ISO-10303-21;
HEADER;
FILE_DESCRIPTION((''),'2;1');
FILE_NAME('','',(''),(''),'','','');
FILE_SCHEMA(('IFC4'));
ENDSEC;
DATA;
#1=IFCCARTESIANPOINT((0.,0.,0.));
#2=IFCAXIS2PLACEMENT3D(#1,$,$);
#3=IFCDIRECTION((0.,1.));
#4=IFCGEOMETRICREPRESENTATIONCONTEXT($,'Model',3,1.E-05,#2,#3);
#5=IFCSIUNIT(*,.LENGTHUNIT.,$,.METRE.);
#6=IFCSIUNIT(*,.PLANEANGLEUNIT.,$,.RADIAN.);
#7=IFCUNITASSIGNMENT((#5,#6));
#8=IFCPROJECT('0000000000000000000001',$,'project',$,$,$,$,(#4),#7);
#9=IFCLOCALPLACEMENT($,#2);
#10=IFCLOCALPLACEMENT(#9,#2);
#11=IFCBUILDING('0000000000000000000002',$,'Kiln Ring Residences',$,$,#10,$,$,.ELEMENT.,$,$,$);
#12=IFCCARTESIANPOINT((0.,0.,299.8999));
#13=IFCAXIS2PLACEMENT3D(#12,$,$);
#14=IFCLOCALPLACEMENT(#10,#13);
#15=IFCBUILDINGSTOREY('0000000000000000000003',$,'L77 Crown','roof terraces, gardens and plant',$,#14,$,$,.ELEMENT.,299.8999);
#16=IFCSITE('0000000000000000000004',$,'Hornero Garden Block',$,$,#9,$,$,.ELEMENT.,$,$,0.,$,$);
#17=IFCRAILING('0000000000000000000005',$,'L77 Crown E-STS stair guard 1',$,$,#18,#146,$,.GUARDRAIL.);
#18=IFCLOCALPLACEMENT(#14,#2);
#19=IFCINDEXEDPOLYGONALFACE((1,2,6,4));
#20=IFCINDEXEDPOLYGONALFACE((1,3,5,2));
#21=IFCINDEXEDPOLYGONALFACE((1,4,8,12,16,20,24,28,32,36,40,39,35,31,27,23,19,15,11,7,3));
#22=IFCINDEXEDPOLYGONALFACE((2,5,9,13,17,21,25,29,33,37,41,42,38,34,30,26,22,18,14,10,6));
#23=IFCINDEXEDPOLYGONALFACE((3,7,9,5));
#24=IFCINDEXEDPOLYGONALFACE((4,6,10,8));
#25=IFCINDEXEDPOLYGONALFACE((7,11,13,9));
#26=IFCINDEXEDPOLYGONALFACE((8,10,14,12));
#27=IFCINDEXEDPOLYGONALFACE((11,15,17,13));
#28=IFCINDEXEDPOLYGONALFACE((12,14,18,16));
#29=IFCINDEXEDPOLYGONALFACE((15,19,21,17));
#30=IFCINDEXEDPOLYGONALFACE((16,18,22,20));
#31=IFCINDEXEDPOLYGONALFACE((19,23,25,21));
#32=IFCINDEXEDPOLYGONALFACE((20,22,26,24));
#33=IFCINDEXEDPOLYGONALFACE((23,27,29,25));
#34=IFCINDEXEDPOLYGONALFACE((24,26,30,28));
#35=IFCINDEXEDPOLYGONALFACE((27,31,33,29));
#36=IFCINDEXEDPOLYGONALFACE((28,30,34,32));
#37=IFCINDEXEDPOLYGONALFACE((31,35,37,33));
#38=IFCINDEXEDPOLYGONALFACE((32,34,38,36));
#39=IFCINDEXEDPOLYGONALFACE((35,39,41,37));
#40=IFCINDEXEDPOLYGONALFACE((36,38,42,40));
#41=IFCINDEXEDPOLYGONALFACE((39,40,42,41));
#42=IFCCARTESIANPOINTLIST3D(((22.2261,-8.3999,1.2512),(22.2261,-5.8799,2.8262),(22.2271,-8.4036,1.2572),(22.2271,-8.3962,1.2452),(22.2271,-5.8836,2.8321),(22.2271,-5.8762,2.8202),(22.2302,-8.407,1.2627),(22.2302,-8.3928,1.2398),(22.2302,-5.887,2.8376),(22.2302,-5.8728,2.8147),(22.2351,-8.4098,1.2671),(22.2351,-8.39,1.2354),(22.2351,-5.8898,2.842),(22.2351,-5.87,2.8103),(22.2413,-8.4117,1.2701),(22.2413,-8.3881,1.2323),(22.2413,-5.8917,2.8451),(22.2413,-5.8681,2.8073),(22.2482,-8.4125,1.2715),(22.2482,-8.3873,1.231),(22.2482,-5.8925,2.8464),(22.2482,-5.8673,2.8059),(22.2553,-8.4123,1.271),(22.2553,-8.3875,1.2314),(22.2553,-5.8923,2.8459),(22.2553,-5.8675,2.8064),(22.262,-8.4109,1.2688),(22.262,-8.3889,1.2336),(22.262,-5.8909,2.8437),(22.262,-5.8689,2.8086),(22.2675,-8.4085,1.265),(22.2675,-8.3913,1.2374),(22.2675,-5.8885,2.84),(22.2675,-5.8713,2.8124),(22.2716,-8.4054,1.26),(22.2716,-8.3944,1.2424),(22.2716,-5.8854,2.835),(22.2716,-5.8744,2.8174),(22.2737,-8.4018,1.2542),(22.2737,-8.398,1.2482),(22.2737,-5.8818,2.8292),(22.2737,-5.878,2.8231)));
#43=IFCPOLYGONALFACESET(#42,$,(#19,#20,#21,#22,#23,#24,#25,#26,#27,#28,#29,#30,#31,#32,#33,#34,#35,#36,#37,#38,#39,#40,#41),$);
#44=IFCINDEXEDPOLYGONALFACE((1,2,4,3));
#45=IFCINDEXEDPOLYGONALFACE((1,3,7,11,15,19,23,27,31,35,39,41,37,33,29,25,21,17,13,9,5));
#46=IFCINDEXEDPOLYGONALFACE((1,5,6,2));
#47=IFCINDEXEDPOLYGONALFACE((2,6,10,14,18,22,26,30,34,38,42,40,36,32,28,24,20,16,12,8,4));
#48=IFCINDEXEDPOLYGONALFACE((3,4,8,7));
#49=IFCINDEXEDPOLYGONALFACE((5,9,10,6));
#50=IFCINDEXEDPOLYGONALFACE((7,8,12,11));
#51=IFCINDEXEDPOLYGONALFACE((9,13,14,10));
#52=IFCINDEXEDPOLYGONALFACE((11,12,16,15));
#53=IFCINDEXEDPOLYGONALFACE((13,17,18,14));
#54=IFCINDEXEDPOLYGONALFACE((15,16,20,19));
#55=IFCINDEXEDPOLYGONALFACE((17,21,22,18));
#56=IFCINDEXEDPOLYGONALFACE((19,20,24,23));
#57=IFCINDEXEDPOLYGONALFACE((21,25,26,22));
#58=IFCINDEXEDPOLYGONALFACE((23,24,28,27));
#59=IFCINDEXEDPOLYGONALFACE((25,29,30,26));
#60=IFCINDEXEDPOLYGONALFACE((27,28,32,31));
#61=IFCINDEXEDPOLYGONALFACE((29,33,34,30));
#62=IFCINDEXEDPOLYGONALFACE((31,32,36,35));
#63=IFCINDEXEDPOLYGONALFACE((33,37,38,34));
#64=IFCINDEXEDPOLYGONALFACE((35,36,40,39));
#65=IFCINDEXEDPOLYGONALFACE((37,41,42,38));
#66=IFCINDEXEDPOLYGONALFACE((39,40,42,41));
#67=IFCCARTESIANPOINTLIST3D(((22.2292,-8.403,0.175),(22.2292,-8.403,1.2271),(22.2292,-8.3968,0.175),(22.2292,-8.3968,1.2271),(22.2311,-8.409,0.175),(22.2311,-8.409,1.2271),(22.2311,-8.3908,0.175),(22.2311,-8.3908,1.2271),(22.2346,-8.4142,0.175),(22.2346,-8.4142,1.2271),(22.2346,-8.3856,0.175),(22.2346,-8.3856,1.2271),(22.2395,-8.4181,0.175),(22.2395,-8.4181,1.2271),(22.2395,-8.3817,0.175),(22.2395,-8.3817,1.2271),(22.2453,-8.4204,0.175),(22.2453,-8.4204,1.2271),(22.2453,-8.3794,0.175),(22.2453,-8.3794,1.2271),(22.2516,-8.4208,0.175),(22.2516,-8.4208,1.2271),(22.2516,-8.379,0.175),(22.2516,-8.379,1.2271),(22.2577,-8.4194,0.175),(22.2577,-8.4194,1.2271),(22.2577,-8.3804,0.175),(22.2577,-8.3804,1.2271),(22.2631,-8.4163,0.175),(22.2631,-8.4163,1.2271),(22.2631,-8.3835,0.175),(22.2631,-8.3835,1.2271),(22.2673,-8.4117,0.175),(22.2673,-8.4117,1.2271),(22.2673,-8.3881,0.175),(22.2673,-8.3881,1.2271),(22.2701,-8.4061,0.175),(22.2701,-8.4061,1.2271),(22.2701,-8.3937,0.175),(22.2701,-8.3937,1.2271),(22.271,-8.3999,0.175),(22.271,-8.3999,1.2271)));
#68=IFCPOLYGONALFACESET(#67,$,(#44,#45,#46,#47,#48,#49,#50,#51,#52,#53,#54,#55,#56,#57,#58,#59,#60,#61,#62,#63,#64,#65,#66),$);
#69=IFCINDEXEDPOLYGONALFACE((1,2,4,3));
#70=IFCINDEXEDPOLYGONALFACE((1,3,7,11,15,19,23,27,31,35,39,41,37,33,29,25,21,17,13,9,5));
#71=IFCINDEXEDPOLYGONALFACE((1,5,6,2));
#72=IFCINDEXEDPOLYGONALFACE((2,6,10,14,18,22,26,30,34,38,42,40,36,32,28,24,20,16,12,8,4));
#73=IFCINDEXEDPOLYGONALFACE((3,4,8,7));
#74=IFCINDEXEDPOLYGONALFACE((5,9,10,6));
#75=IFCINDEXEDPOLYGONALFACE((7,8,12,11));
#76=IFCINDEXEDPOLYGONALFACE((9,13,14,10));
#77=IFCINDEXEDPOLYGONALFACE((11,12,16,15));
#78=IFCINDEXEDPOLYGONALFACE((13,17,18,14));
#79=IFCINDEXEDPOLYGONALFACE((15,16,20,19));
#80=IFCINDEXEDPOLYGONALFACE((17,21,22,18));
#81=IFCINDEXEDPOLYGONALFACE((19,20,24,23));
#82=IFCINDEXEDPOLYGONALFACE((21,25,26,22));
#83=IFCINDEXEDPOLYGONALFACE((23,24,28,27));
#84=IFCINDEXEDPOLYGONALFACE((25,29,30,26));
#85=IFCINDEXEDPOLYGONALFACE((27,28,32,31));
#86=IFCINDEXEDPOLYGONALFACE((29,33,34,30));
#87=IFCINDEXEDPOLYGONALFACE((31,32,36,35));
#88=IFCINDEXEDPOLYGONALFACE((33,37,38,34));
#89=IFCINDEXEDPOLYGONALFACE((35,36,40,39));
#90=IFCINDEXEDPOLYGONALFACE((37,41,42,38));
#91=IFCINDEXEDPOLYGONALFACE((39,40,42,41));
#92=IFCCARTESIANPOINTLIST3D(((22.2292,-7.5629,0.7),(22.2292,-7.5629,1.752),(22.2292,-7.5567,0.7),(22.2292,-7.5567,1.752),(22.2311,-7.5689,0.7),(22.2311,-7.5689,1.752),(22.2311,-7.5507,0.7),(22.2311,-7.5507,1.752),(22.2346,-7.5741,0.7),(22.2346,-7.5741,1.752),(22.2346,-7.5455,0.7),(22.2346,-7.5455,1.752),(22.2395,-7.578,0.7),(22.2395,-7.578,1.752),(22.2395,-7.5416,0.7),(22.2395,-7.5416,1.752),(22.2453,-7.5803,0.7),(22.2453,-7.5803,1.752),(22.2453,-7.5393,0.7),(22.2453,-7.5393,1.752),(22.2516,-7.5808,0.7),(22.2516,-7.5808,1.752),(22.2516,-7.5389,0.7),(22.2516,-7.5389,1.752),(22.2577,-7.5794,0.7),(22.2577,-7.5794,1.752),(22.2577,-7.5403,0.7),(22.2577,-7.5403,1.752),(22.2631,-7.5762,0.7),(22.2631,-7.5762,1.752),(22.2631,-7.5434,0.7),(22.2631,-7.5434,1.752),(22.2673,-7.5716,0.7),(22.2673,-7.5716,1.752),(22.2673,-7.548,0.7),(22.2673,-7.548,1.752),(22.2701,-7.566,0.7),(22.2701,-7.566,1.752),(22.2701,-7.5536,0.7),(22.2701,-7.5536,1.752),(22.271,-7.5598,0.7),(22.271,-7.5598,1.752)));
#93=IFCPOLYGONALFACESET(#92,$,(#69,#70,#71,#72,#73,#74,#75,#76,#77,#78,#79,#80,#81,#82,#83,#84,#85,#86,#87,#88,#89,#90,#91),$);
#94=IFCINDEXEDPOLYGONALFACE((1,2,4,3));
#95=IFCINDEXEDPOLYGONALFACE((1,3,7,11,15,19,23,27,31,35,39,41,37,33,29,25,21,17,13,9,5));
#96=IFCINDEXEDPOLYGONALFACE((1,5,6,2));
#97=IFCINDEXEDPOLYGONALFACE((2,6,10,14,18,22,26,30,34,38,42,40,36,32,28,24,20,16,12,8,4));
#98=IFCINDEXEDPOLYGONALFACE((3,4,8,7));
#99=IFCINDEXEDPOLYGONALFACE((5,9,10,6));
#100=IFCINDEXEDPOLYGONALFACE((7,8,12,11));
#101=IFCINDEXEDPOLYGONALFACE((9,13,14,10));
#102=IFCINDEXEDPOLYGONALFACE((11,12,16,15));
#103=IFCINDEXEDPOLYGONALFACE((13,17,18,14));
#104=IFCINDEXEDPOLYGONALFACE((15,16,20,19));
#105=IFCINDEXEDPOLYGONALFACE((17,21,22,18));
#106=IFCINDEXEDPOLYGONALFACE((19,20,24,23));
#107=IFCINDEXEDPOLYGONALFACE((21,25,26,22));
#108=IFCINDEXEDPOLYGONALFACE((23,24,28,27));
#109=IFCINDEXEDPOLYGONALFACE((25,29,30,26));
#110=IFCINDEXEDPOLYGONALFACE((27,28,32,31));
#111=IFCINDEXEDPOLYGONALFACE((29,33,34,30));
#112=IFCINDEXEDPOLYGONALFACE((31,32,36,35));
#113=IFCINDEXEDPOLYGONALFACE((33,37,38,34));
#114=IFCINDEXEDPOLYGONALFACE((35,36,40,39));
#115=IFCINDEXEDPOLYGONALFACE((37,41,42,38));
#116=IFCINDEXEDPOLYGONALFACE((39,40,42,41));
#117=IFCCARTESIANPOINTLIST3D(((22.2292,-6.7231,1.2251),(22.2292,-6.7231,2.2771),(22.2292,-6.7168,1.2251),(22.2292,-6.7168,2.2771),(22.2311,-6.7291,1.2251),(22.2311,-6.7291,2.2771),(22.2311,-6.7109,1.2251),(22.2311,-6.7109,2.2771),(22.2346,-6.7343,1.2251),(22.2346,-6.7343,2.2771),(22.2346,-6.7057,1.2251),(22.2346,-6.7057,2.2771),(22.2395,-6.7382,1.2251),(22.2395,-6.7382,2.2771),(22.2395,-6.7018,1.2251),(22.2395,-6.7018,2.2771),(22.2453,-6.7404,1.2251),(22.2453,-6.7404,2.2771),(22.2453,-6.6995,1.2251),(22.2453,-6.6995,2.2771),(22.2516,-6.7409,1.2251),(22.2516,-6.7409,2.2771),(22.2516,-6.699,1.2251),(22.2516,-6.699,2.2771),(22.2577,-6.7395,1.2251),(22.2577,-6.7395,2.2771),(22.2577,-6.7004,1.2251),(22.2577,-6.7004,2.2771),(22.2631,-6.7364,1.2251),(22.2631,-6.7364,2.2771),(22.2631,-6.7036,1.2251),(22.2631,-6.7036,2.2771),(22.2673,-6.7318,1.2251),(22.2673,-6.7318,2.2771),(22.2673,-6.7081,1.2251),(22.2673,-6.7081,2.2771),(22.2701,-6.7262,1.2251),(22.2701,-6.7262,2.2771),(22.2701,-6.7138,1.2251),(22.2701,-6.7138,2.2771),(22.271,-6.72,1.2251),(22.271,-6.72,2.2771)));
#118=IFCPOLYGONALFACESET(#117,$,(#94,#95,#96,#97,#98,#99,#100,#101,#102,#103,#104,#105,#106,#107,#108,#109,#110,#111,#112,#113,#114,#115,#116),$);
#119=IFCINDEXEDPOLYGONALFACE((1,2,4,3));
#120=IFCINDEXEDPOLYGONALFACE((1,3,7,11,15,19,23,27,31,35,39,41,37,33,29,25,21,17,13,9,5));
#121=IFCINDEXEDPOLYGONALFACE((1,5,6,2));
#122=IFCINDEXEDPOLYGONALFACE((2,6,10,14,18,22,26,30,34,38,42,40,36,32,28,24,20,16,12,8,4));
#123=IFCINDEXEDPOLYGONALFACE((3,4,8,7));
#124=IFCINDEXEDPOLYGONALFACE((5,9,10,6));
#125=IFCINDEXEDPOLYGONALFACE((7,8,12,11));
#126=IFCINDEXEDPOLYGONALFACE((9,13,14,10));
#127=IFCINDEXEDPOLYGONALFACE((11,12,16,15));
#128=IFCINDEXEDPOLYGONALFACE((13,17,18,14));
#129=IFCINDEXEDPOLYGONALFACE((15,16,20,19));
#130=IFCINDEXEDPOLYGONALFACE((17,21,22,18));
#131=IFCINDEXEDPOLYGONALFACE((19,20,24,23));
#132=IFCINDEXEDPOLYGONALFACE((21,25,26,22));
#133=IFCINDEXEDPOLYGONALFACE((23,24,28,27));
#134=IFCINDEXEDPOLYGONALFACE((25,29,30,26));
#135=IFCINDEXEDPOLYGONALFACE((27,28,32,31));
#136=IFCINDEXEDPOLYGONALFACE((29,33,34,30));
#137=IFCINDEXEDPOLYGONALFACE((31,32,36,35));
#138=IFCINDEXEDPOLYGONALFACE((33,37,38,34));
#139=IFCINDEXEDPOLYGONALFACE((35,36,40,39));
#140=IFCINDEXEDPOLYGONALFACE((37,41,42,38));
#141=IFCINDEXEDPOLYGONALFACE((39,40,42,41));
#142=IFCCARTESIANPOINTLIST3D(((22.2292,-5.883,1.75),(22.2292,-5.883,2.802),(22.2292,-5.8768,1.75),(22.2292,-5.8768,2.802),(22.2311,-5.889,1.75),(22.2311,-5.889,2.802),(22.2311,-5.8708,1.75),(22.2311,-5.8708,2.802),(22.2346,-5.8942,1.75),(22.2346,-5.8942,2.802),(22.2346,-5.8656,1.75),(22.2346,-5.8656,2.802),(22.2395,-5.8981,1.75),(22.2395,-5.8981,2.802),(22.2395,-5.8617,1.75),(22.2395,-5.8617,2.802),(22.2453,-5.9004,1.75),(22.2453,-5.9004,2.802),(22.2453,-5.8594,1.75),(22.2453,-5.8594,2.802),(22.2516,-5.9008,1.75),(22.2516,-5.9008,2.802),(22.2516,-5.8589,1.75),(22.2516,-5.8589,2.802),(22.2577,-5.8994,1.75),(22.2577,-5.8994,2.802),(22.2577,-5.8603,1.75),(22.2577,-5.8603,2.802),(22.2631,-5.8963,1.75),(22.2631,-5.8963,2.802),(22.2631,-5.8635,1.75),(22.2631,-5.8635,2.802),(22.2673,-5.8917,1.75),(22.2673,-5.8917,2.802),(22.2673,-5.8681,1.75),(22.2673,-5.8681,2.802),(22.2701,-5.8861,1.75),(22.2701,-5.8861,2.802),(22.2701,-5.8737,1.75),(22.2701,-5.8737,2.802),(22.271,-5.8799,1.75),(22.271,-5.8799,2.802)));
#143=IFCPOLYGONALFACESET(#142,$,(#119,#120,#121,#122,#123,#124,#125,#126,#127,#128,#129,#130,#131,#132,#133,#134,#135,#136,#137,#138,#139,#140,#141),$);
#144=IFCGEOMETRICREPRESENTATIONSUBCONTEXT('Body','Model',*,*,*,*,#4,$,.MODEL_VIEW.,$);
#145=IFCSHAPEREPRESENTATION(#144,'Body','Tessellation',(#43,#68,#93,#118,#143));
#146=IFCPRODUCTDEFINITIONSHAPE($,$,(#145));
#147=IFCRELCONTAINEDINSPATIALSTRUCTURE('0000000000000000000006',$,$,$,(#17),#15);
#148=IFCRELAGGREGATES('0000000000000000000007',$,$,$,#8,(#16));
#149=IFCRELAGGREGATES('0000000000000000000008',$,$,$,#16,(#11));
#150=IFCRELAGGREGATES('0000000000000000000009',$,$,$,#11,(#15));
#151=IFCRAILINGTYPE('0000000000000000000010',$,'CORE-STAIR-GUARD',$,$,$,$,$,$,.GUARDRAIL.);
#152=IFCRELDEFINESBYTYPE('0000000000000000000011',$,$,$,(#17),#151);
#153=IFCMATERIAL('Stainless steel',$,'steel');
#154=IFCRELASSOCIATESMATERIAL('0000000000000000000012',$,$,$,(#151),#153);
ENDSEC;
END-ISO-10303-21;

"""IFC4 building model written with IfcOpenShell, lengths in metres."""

from ifc_helpers import new_model, si_unit, direction, frame, origin, origin_2d, place, context, subcontext, project, spatial, circle, extrude, material, type_object, element, save


model = new_model("IFC4")

# Units and contexts
model_context = context("Model", 3, precision=1e-05, world=origin(), true_north=direction((0.0, 1.0)))
body_context = subcontext(model_context, "Body", "Model", "MODEL_VIEW")
ifc_project = project(units=[si_unit("LENGTHUNIT", "METRE"), si_unit("PLANEANGLEUNIT", "RADIAN")], contexts=[model_context])

# Site, building, storey
site_placement = place(None, origin())
site = spatial("IfcSite", under=ifc_project, at=site_placement, Name="Hornero Garden Block", CompositionType="ELEMENT", RefElevation=0.0)
building_placement = place(site_placement, origin())
building = spatial("IfcBuilding", under=site, at=building_placement, Name="Kiln Ring Residences", CompositionType="ELEMENT")
storey_placement = place(building_placement, frame((0.0, 0.0, 299.8999)))
storey = spatial("IfcBuildingStorey", under=building, at=storey_placement, Name="L77 Crown", Description="roof terraces, gardens and plant", CompositionType="ELEMENT", Elevation=299.8999)

# Railing
ifc_material_1 = material(Name="Stainless steel", Category="steel")
railing_type_1 = type_object("IfcRailingType", Name="CORE-STAIR-GUARD", PredefinedType="GUARDRAIL", material=ifc_material_1)
railing_1_placement = place(storey_placement, frame((22.25, -8.3999, 0.175)))
element("IfcRailing", 1, at=railing_1_placement, inside=storey, type_object=railing_type_1, Name="L77 Crown E-STS stair guard 1", PredefinedType="GUARDRAIL", context=body_context, shape_type="SweptSolid", body=[
    extrude(circle(Radius=0.0239, at=origin_2d()), frame((0.0, 0.0, 1.0762), z_axis=(0.0, 0.848008, 0.529984), x_axis=(-1.0, 0.0, 0.0)), (0.0, 0.0, 1.0), 2.9717),
    extrude(circle(Radius=0.021, at=origin_2d()), origin(), (0.0, 0.0, 1.0), 1.052),
    extrude(circle(Radius=0.021, at=origin_2d()), frame((0.0, 0.8401, 0.5249)), (0.0, 0.0, 1.0), 1.052),
    extrude(circle(Radius=0.021, at=origin_2d()), frame((0.0, 1.6799, 1.05)), (0.0, 0.0, 1.0), 1.052),
    extrude(circle(Radius=0.021, at=origin_2d()), frame((0.0, 2.52, 1.575)), (0.0, 0.0, 1.0), 1.052),
])

save(model, "model.ifc")
